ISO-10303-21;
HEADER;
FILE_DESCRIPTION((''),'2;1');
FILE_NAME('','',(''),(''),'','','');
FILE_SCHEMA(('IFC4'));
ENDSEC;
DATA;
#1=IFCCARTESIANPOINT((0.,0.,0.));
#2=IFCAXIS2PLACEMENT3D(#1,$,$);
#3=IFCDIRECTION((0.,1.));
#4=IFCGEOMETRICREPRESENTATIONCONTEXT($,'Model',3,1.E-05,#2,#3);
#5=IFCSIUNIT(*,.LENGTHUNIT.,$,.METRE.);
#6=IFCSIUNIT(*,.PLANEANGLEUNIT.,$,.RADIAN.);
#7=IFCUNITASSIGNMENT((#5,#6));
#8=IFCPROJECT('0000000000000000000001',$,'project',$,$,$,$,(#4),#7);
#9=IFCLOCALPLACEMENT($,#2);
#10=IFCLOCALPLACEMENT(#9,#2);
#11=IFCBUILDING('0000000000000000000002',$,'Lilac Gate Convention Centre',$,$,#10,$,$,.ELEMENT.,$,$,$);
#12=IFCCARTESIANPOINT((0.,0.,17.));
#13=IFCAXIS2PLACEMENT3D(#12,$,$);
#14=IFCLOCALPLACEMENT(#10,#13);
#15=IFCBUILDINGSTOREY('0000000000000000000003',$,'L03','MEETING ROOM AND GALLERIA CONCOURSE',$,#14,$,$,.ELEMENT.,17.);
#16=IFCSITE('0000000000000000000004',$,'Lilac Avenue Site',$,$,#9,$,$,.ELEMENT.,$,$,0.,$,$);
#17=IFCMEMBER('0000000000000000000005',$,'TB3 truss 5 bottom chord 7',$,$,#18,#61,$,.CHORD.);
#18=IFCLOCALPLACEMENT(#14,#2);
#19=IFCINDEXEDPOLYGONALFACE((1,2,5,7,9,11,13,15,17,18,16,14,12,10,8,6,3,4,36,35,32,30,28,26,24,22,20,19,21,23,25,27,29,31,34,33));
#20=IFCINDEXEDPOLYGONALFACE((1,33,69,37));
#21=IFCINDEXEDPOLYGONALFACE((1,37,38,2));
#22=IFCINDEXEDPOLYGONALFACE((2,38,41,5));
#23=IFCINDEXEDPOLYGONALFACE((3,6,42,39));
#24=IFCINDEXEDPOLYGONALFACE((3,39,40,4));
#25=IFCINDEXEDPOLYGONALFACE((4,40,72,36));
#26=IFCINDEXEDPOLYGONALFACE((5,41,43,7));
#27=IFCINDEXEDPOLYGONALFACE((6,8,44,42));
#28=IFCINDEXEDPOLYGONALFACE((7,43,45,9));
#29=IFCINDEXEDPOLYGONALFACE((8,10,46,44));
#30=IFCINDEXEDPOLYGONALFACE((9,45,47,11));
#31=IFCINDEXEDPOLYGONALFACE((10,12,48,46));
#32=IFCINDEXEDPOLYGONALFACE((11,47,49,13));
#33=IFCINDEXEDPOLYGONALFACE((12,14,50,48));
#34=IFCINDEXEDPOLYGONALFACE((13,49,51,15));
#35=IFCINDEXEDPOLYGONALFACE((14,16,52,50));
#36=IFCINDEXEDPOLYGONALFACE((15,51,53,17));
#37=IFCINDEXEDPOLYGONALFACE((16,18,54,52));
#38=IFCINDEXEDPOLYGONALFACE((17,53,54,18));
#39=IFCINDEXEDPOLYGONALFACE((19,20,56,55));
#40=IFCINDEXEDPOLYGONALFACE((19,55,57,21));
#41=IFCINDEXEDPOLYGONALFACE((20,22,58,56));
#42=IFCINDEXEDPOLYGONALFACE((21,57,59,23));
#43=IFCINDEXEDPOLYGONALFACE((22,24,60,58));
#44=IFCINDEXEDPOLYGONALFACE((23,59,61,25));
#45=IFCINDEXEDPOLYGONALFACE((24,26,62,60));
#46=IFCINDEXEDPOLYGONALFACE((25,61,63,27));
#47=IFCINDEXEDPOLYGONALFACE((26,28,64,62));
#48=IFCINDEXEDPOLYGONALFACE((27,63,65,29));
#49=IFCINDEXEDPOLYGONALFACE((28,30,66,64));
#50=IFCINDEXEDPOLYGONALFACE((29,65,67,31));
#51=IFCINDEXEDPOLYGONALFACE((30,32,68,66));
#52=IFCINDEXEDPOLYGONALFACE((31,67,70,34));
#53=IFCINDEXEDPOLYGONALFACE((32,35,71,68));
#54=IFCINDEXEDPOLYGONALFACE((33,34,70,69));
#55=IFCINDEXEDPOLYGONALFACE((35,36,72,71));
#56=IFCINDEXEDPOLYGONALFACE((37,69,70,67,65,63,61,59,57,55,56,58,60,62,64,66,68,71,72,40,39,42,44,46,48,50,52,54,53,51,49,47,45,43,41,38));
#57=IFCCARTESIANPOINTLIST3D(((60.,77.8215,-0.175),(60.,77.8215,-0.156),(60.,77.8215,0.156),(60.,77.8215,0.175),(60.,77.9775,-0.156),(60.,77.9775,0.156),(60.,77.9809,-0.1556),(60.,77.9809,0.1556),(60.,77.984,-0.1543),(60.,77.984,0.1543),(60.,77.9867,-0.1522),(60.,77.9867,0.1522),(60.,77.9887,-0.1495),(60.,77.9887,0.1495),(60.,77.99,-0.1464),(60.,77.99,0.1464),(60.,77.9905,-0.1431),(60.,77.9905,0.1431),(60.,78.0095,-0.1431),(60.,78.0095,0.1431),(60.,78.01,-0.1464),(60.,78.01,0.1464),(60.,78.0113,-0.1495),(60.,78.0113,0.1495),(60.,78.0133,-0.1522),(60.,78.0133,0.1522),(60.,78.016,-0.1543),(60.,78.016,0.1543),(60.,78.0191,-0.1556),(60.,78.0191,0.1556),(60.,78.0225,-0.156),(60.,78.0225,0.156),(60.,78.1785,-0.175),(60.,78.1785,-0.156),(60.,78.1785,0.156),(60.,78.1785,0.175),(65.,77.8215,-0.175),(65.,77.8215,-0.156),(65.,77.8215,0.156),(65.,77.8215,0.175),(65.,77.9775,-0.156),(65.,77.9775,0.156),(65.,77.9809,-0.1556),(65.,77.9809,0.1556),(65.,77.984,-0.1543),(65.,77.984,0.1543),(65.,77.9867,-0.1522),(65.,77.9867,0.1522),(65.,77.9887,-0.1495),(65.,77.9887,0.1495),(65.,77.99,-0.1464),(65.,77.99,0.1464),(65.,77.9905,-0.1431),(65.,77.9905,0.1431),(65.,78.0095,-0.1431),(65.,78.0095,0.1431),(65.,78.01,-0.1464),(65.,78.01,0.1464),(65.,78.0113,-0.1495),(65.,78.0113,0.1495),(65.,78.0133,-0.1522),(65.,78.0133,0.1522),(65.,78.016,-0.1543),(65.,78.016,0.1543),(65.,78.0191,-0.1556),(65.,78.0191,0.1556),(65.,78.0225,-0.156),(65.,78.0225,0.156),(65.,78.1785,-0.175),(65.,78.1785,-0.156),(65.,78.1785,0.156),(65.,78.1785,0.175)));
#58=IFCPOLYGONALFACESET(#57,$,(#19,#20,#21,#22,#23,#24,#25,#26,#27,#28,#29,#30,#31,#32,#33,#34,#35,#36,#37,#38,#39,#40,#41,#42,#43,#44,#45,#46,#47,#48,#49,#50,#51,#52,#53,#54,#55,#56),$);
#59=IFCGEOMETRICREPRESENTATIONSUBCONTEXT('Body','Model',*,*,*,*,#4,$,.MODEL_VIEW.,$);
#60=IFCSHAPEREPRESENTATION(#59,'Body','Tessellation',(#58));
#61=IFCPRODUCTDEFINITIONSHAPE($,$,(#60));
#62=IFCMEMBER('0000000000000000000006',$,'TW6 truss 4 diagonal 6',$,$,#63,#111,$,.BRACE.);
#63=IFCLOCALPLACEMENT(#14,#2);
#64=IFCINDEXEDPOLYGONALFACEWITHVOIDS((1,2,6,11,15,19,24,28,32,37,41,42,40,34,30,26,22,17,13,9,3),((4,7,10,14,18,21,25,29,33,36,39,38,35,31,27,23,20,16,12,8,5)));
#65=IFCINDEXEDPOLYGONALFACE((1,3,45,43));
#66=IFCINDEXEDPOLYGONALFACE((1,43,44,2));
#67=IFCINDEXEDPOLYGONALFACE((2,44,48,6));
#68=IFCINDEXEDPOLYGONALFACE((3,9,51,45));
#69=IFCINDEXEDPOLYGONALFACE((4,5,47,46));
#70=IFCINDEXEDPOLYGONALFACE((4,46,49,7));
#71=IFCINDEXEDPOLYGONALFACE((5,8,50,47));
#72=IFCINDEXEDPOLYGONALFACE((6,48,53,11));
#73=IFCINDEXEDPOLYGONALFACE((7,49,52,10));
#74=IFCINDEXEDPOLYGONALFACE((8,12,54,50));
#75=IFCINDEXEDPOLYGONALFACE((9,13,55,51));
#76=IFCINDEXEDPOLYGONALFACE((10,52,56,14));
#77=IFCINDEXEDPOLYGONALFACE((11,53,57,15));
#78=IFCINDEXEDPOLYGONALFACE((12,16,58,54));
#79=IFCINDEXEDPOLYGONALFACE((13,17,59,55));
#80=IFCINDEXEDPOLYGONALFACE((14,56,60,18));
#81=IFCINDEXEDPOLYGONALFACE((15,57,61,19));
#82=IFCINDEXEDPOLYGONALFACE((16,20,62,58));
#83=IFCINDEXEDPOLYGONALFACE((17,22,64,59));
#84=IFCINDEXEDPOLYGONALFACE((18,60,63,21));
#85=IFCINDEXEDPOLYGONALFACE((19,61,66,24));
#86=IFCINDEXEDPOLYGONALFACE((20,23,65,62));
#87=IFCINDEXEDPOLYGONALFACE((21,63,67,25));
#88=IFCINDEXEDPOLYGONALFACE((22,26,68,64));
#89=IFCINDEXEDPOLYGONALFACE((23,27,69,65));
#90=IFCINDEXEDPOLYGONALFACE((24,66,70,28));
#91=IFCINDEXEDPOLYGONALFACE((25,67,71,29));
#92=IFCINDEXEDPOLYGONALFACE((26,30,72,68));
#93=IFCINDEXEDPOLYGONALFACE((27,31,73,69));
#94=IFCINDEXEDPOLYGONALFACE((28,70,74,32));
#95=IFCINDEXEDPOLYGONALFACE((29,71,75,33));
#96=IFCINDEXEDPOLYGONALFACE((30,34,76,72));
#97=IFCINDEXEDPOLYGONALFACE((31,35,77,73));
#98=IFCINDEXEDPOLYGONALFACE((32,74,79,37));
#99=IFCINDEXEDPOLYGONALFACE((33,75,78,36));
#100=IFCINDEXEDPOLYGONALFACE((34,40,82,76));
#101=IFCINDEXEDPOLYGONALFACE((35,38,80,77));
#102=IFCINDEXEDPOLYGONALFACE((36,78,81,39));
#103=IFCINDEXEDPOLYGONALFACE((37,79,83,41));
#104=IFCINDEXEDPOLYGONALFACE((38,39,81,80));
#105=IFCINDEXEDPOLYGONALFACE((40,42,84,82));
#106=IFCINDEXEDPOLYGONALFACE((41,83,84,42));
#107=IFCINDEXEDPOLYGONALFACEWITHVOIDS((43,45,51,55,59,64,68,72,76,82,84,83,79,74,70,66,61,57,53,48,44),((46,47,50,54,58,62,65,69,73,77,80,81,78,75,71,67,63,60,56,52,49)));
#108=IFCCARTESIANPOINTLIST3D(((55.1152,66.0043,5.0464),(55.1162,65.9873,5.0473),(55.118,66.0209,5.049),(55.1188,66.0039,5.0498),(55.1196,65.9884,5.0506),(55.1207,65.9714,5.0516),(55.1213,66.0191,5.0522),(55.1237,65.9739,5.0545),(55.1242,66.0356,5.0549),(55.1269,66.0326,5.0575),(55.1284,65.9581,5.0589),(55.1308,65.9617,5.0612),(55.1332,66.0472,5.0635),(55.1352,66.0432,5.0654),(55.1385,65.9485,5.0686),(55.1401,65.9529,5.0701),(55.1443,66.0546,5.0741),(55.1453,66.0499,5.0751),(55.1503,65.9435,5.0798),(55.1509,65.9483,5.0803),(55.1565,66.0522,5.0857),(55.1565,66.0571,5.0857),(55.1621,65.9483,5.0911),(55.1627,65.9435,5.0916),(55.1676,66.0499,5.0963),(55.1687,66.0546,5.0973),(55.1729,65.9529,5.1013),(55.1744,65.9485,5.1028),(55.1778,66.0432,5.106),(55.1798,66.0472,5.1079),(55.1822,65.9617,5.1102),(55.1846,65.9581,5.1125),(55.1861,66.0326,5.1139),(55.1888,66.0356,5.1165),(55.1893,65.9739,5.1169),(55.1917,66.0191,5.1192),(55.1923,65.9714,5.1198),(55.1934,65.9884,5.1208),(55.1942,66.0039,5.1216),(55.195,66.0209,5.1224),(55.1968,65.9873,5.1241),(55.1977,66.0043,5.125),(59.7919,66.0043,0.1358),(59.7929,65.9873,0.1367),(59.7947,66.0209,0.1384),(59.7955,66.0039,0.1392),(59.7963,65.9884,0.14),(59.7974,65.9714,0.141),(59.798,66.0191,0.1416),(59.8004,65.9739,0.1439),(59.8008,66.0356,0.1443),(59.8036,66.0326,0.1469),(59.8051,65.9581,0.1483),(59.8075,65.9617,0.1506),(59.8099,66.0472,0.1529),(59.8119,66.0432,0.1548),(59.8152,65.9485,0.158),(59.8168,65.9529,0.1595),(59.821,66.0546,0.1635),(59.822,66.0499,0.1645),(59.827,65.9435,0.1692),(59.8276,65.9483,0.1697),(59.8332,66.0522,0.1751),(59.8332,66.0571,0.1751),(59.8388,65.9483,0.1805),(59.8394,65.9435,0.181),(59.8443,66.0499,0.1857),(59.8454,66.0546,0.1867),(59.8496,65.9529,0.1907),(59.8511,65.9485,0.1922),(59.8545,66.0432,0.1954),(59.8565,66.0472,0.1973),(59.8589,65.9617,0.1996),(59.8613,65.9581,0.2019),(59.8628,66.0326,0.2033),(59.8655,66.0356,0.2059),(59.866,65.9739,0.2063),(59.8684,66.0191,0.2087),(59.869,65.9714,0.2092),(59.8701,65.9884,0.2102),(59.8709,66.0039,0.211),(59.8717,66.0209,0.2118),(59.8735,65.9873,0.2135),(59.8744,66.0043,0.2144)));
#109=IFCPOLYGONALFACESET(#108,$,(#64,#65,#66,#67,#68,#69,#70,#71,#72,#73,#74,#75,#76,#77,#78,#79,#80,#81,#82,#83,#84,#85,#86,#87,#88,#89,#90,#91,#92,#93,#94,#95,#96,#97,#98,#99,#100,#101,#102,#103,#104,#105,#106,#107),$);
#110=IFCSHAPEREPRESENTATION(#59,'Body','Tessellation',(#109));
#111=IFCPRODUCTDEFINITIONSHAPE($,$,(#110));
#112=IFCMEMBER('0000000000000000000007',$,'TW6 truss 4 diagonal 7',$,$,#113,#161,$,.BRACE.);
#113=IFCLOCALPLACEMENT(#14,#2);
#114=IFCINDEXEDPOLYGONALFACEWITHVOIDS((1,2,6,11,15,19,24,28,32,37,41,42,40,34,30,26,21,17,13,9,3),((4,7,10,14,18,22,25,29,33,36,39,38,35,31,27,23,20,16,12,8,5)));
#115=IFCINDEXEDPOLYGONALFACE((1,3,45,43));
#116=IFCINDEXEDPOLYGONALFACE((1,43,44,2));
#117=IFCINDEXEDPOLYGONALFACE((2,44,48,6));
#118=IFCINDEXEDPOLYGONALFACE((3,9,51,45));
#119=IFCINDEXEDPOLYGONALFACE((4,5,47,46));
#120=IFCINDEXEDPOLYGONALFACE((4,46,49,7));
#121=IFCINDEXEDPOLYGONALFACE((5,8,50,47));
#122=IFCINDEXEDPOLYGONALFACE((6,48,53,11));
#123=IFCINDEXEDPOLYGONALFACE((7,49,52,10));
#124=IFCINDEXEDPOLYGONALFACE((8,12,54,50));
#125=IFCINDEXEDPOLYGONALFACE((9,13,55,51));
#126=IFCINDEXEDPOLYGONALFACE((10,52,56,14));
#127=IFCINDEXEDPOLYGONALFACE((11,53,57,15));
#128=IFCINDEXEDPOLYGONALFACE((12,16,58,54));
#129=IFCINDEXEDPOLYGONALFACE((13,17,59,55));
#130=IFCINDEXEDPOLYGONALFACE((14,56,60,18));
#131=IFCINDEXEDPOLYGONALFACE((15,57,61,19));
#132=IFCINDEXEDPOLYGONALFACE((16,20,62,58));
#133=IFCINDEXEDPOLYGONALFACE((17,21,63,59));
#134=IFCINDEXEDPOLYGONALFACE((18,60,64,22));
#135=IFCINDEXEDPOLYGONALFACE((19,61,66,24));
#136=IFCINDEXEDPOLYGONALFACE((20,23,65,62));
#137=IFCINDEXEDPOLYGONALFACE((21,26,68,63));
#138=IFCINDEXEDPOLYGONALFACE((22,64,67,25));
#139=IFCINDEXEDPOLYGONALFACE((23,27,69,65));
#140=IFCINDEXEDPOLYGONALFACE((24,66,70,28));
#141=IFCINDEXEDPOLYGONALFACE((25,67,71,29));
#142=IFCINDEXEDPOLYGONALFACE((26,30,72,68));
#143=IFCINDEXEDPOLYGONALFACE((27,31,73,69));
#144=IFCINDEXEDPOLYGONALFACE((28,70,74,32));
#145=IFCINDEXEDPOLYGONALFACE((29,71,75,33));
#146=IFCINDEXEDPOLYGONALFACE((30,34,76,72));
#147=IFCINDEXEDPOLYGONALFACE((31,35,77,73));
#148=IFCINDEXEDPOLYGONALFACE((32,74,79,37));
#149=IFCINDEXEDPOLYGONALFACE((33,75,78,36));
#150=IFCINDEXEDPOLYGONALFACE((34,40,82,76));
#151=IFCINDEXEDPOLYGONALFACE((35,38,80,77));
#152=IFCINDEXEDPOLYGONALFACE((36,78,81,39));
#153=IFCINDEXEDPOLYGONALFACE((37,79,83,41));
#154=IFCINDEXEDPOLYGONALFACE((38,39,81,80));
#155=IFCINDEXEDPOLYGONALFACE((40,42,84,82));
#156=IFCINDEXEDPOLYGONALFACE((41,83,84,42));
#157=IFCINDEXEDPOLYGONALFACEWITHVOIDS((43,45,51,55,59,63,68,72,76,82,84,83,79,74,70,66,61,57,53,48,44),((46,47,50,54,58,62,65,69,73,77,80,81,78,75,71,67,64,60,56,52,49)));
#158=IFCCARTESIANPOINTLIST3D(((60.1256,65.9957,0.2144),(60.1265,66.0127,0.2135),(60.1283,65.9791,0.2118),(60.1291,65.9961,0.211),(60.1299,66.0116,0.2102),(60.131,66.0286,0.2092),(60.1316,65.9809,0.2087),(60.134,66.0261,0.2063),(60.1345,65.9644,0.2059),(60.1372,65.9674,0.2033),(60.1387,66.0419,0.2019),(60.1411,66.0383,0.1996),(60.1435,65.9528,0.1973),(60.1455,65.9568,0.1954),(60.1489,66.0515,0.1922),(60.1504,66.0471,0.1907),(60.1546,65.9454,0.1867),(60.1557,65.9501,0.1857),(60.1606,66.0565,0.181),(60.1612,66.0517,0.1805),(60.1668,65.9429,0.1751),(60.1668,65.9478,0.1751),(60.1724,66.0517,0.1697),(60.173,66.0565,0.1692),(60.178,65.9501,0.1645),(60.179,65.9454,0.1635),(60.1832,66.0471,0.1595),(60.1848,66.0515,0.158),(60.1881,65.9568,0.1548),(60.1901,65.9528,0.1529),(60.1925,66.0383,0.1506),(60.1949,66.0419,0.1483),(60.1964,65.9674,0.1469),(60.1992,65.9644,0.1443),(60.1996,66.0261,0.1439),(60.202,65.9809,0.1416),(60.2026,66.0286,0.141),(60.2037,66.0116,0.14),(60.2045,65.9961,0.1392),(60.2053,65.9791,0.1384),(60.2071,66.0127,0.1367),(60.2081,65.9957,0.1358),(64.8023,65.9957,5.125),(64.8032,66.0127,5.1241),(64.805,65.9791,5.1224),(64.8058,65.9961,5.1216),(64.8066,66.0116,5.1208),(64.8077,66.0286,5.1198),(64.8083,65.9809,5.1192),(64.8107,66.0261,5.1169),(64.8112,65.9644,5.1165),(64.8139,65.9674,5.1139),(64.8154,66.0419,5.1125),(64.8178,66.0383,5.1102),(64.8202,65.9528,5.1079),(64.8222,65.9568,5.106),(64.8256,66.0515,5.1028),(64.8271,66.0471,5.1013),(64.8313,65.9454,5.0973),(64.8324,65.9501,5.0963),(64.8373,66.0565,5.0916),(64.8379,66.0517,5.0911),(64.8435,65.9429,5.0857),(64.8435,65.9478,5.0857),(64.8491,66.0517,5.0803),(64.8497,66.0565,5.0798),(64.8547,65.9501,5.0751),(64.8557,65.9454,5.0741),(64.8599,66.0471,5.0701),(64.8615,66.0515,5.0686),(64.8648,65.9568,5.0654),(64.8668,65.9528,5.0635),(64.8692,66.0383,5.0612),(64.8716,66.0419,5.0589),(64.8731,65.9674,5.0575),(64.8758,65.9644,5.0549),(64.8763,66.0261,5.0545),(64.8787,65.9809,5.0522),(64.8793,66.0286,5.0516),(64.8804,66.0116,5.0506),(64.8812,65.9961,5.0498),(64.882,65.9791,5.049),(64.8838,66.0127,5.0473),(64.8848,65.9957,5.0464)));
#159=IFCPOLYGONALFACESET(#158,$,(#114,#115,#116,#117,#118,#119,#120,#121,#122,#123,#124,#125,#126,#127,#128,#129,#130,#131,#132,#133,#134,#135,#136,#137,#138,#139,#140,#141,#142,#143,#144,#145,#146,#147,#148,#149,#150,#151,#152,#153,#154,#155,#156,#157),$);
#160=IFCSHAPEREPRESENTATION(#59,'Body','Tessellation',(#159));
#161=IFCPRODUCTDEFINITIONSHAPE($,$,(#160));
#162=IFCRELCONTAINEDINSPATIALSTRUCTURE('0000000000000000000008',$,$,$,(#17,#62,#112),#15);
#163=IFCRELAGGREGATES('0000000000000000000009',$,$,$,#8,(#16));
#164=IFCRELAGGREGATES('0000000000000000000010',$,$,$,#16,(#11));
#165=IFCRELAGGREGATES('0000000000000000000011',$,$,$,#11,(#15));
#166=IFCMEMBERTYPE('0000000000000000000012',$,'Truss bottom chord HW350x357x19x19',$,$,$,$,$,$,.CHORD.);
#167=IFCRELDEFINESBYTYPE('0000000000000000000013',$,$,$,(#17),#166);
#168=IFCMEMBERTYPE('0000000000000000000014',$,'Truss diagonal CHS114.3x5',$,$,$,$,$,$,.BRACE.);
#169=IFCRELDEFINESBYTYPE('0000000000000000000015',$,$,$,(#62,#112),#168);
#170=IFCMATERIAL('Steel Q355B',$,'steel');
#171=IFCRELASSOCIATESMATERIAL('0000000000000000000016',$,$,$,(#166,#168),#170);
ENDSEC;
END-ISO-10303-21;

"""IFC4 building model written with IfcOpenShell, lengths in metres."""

from ifc_helpers import new_model, si_unit, direction, frame, origin, origin_2d, place, context, subcontext, project, spatial, hollow_circle, i_section, extrude, material, material_profile, profile_set, type_object, element, save


model = new_model("IFC4")

# Units and contexts
model_context = context("Model", 3, precision=1e-05, world=origin(), true_north=direction((0.0, 1.0)))
body_context = subcontext(model_context, "Body", "Model", "MODEL_VIEW")
ifc_project = project(units=[si_unit("LENGTHUNIT", "METRE"), si_unit("PLANEANGLEUNIT", "RADIAN")], contexts=[model_context])

# Site, building, storey
site_placement = place(None, origin())
site = spatial("IfcSite", under=ifc_project, at=site_placement, Name="Lilac Avenue Site", CompositionType="ELEMENT", RefElevation=0.0)
building_placement = place(site_placement, origin())
building = spatial("IfcBuilding", under=site, at=building_placement, Name="Lilac Gate Convention Centre", CompositionType="ELEMENT")
storey_placement = place(building_placement, frame((0.0, 0.0, 17.0)))
storey = spatial("IfcBuildingStorey", under=building, at=storey_placement, Name="L03", Description="MEETING ROOM AND GALLERIA CONCOURSE", CompositionType="ELEMENT", Elevation=17.0)

# Members
ifc_material = material(Name="Steel Q355B", Category="steel")
ifc_material_profile_1 = material_profile(ifc_material, i_section(OverallWidth=0.3569, OverallDepth=0.3501, WebThickness=0.019, FlangeThickness=0.019, FilletRadius=0.0129, at=origin_2d()), Name="HW350x357x19x19")
ifc_profile_set_1 = profile_set([ifc_material_profile_1], Name="Steel Q355B")
member_type_1 = type_object("IfcMemberType", Name="Truss bottom chord HW350x357x19x19", PredefinedType="CHORD", material=ifc_profile_set_1)
for number, where, z_axis, x_axis, name in (
    (1, (60.0, 78.0, 0.0), (1.0, 0.0, 0.0), (0.0, 1.0, 0.0), "TB3 truss 5 bottom chord 7"),
):
    element("IfcMember", number, at=place(storey_placement, frame(where, z_axis=z_axis, x_axis=x_axis)), inside=storey, type_object=member_type_1, Name=name, PredefinedType="CHORD", context=body_context, shape_type="SweptSolid", body=[
        extrude(i_section(OverallWidth=0.3569, OverallDepth=0.3501, WebThickness=0.019, FlangeThickness=0.019, FilletRadius=0.0129, at=origin_2d()), origin(), (0.0, 0.0, 1.0), 5.0),
    ])
ifc_material_profile_2 = material_profile(ifc_material, hollow_circle(Radius=0.0571, WallThickness=0.0049, at=origin_2d()), Name="CHS114.3x5")
ifc_profile_set_2 = profile_set([ifc_material_profile_2], Name="Steel Q355B")
member_type_2 = type_object("IfcMemberType", Name="Truss diagonal CHS114.3x5", PredefinedType="BRACE", material=ifc_profile_set_2)
for number, where, z_axis, x_axis, name in (
    (2, (55.1565, 66.0, 5.0857), (0.689652, 0.0, -0.724141), (0.0, 1.0, 0.0), "TW6 truss 4 diagonal 6"),
    (3, (64.8435, 66.0, 5.0857), (-0.689652, 0.0, -0.724141), (0.0, -1.0, 0.0), "TW6 truss 4 diagonal 7"),
):
    element("IfcMember", number, at=place(storey_placement, frame(where, z_axis=z_axis, x_axis=x_axis)), inside=storey, type_object=member_type_2, Name=name, PredefinedType="BRACE", context=body_context, shape_type="SweptSolid", body=[
        extrude(hollow_circle(Radius=0.0571, WallThickness=0.0049, at=origin_2d()), origin(), (0.0, 0.0, 1.0), 6.7812),
    ])

save(model, "model.ifc")
